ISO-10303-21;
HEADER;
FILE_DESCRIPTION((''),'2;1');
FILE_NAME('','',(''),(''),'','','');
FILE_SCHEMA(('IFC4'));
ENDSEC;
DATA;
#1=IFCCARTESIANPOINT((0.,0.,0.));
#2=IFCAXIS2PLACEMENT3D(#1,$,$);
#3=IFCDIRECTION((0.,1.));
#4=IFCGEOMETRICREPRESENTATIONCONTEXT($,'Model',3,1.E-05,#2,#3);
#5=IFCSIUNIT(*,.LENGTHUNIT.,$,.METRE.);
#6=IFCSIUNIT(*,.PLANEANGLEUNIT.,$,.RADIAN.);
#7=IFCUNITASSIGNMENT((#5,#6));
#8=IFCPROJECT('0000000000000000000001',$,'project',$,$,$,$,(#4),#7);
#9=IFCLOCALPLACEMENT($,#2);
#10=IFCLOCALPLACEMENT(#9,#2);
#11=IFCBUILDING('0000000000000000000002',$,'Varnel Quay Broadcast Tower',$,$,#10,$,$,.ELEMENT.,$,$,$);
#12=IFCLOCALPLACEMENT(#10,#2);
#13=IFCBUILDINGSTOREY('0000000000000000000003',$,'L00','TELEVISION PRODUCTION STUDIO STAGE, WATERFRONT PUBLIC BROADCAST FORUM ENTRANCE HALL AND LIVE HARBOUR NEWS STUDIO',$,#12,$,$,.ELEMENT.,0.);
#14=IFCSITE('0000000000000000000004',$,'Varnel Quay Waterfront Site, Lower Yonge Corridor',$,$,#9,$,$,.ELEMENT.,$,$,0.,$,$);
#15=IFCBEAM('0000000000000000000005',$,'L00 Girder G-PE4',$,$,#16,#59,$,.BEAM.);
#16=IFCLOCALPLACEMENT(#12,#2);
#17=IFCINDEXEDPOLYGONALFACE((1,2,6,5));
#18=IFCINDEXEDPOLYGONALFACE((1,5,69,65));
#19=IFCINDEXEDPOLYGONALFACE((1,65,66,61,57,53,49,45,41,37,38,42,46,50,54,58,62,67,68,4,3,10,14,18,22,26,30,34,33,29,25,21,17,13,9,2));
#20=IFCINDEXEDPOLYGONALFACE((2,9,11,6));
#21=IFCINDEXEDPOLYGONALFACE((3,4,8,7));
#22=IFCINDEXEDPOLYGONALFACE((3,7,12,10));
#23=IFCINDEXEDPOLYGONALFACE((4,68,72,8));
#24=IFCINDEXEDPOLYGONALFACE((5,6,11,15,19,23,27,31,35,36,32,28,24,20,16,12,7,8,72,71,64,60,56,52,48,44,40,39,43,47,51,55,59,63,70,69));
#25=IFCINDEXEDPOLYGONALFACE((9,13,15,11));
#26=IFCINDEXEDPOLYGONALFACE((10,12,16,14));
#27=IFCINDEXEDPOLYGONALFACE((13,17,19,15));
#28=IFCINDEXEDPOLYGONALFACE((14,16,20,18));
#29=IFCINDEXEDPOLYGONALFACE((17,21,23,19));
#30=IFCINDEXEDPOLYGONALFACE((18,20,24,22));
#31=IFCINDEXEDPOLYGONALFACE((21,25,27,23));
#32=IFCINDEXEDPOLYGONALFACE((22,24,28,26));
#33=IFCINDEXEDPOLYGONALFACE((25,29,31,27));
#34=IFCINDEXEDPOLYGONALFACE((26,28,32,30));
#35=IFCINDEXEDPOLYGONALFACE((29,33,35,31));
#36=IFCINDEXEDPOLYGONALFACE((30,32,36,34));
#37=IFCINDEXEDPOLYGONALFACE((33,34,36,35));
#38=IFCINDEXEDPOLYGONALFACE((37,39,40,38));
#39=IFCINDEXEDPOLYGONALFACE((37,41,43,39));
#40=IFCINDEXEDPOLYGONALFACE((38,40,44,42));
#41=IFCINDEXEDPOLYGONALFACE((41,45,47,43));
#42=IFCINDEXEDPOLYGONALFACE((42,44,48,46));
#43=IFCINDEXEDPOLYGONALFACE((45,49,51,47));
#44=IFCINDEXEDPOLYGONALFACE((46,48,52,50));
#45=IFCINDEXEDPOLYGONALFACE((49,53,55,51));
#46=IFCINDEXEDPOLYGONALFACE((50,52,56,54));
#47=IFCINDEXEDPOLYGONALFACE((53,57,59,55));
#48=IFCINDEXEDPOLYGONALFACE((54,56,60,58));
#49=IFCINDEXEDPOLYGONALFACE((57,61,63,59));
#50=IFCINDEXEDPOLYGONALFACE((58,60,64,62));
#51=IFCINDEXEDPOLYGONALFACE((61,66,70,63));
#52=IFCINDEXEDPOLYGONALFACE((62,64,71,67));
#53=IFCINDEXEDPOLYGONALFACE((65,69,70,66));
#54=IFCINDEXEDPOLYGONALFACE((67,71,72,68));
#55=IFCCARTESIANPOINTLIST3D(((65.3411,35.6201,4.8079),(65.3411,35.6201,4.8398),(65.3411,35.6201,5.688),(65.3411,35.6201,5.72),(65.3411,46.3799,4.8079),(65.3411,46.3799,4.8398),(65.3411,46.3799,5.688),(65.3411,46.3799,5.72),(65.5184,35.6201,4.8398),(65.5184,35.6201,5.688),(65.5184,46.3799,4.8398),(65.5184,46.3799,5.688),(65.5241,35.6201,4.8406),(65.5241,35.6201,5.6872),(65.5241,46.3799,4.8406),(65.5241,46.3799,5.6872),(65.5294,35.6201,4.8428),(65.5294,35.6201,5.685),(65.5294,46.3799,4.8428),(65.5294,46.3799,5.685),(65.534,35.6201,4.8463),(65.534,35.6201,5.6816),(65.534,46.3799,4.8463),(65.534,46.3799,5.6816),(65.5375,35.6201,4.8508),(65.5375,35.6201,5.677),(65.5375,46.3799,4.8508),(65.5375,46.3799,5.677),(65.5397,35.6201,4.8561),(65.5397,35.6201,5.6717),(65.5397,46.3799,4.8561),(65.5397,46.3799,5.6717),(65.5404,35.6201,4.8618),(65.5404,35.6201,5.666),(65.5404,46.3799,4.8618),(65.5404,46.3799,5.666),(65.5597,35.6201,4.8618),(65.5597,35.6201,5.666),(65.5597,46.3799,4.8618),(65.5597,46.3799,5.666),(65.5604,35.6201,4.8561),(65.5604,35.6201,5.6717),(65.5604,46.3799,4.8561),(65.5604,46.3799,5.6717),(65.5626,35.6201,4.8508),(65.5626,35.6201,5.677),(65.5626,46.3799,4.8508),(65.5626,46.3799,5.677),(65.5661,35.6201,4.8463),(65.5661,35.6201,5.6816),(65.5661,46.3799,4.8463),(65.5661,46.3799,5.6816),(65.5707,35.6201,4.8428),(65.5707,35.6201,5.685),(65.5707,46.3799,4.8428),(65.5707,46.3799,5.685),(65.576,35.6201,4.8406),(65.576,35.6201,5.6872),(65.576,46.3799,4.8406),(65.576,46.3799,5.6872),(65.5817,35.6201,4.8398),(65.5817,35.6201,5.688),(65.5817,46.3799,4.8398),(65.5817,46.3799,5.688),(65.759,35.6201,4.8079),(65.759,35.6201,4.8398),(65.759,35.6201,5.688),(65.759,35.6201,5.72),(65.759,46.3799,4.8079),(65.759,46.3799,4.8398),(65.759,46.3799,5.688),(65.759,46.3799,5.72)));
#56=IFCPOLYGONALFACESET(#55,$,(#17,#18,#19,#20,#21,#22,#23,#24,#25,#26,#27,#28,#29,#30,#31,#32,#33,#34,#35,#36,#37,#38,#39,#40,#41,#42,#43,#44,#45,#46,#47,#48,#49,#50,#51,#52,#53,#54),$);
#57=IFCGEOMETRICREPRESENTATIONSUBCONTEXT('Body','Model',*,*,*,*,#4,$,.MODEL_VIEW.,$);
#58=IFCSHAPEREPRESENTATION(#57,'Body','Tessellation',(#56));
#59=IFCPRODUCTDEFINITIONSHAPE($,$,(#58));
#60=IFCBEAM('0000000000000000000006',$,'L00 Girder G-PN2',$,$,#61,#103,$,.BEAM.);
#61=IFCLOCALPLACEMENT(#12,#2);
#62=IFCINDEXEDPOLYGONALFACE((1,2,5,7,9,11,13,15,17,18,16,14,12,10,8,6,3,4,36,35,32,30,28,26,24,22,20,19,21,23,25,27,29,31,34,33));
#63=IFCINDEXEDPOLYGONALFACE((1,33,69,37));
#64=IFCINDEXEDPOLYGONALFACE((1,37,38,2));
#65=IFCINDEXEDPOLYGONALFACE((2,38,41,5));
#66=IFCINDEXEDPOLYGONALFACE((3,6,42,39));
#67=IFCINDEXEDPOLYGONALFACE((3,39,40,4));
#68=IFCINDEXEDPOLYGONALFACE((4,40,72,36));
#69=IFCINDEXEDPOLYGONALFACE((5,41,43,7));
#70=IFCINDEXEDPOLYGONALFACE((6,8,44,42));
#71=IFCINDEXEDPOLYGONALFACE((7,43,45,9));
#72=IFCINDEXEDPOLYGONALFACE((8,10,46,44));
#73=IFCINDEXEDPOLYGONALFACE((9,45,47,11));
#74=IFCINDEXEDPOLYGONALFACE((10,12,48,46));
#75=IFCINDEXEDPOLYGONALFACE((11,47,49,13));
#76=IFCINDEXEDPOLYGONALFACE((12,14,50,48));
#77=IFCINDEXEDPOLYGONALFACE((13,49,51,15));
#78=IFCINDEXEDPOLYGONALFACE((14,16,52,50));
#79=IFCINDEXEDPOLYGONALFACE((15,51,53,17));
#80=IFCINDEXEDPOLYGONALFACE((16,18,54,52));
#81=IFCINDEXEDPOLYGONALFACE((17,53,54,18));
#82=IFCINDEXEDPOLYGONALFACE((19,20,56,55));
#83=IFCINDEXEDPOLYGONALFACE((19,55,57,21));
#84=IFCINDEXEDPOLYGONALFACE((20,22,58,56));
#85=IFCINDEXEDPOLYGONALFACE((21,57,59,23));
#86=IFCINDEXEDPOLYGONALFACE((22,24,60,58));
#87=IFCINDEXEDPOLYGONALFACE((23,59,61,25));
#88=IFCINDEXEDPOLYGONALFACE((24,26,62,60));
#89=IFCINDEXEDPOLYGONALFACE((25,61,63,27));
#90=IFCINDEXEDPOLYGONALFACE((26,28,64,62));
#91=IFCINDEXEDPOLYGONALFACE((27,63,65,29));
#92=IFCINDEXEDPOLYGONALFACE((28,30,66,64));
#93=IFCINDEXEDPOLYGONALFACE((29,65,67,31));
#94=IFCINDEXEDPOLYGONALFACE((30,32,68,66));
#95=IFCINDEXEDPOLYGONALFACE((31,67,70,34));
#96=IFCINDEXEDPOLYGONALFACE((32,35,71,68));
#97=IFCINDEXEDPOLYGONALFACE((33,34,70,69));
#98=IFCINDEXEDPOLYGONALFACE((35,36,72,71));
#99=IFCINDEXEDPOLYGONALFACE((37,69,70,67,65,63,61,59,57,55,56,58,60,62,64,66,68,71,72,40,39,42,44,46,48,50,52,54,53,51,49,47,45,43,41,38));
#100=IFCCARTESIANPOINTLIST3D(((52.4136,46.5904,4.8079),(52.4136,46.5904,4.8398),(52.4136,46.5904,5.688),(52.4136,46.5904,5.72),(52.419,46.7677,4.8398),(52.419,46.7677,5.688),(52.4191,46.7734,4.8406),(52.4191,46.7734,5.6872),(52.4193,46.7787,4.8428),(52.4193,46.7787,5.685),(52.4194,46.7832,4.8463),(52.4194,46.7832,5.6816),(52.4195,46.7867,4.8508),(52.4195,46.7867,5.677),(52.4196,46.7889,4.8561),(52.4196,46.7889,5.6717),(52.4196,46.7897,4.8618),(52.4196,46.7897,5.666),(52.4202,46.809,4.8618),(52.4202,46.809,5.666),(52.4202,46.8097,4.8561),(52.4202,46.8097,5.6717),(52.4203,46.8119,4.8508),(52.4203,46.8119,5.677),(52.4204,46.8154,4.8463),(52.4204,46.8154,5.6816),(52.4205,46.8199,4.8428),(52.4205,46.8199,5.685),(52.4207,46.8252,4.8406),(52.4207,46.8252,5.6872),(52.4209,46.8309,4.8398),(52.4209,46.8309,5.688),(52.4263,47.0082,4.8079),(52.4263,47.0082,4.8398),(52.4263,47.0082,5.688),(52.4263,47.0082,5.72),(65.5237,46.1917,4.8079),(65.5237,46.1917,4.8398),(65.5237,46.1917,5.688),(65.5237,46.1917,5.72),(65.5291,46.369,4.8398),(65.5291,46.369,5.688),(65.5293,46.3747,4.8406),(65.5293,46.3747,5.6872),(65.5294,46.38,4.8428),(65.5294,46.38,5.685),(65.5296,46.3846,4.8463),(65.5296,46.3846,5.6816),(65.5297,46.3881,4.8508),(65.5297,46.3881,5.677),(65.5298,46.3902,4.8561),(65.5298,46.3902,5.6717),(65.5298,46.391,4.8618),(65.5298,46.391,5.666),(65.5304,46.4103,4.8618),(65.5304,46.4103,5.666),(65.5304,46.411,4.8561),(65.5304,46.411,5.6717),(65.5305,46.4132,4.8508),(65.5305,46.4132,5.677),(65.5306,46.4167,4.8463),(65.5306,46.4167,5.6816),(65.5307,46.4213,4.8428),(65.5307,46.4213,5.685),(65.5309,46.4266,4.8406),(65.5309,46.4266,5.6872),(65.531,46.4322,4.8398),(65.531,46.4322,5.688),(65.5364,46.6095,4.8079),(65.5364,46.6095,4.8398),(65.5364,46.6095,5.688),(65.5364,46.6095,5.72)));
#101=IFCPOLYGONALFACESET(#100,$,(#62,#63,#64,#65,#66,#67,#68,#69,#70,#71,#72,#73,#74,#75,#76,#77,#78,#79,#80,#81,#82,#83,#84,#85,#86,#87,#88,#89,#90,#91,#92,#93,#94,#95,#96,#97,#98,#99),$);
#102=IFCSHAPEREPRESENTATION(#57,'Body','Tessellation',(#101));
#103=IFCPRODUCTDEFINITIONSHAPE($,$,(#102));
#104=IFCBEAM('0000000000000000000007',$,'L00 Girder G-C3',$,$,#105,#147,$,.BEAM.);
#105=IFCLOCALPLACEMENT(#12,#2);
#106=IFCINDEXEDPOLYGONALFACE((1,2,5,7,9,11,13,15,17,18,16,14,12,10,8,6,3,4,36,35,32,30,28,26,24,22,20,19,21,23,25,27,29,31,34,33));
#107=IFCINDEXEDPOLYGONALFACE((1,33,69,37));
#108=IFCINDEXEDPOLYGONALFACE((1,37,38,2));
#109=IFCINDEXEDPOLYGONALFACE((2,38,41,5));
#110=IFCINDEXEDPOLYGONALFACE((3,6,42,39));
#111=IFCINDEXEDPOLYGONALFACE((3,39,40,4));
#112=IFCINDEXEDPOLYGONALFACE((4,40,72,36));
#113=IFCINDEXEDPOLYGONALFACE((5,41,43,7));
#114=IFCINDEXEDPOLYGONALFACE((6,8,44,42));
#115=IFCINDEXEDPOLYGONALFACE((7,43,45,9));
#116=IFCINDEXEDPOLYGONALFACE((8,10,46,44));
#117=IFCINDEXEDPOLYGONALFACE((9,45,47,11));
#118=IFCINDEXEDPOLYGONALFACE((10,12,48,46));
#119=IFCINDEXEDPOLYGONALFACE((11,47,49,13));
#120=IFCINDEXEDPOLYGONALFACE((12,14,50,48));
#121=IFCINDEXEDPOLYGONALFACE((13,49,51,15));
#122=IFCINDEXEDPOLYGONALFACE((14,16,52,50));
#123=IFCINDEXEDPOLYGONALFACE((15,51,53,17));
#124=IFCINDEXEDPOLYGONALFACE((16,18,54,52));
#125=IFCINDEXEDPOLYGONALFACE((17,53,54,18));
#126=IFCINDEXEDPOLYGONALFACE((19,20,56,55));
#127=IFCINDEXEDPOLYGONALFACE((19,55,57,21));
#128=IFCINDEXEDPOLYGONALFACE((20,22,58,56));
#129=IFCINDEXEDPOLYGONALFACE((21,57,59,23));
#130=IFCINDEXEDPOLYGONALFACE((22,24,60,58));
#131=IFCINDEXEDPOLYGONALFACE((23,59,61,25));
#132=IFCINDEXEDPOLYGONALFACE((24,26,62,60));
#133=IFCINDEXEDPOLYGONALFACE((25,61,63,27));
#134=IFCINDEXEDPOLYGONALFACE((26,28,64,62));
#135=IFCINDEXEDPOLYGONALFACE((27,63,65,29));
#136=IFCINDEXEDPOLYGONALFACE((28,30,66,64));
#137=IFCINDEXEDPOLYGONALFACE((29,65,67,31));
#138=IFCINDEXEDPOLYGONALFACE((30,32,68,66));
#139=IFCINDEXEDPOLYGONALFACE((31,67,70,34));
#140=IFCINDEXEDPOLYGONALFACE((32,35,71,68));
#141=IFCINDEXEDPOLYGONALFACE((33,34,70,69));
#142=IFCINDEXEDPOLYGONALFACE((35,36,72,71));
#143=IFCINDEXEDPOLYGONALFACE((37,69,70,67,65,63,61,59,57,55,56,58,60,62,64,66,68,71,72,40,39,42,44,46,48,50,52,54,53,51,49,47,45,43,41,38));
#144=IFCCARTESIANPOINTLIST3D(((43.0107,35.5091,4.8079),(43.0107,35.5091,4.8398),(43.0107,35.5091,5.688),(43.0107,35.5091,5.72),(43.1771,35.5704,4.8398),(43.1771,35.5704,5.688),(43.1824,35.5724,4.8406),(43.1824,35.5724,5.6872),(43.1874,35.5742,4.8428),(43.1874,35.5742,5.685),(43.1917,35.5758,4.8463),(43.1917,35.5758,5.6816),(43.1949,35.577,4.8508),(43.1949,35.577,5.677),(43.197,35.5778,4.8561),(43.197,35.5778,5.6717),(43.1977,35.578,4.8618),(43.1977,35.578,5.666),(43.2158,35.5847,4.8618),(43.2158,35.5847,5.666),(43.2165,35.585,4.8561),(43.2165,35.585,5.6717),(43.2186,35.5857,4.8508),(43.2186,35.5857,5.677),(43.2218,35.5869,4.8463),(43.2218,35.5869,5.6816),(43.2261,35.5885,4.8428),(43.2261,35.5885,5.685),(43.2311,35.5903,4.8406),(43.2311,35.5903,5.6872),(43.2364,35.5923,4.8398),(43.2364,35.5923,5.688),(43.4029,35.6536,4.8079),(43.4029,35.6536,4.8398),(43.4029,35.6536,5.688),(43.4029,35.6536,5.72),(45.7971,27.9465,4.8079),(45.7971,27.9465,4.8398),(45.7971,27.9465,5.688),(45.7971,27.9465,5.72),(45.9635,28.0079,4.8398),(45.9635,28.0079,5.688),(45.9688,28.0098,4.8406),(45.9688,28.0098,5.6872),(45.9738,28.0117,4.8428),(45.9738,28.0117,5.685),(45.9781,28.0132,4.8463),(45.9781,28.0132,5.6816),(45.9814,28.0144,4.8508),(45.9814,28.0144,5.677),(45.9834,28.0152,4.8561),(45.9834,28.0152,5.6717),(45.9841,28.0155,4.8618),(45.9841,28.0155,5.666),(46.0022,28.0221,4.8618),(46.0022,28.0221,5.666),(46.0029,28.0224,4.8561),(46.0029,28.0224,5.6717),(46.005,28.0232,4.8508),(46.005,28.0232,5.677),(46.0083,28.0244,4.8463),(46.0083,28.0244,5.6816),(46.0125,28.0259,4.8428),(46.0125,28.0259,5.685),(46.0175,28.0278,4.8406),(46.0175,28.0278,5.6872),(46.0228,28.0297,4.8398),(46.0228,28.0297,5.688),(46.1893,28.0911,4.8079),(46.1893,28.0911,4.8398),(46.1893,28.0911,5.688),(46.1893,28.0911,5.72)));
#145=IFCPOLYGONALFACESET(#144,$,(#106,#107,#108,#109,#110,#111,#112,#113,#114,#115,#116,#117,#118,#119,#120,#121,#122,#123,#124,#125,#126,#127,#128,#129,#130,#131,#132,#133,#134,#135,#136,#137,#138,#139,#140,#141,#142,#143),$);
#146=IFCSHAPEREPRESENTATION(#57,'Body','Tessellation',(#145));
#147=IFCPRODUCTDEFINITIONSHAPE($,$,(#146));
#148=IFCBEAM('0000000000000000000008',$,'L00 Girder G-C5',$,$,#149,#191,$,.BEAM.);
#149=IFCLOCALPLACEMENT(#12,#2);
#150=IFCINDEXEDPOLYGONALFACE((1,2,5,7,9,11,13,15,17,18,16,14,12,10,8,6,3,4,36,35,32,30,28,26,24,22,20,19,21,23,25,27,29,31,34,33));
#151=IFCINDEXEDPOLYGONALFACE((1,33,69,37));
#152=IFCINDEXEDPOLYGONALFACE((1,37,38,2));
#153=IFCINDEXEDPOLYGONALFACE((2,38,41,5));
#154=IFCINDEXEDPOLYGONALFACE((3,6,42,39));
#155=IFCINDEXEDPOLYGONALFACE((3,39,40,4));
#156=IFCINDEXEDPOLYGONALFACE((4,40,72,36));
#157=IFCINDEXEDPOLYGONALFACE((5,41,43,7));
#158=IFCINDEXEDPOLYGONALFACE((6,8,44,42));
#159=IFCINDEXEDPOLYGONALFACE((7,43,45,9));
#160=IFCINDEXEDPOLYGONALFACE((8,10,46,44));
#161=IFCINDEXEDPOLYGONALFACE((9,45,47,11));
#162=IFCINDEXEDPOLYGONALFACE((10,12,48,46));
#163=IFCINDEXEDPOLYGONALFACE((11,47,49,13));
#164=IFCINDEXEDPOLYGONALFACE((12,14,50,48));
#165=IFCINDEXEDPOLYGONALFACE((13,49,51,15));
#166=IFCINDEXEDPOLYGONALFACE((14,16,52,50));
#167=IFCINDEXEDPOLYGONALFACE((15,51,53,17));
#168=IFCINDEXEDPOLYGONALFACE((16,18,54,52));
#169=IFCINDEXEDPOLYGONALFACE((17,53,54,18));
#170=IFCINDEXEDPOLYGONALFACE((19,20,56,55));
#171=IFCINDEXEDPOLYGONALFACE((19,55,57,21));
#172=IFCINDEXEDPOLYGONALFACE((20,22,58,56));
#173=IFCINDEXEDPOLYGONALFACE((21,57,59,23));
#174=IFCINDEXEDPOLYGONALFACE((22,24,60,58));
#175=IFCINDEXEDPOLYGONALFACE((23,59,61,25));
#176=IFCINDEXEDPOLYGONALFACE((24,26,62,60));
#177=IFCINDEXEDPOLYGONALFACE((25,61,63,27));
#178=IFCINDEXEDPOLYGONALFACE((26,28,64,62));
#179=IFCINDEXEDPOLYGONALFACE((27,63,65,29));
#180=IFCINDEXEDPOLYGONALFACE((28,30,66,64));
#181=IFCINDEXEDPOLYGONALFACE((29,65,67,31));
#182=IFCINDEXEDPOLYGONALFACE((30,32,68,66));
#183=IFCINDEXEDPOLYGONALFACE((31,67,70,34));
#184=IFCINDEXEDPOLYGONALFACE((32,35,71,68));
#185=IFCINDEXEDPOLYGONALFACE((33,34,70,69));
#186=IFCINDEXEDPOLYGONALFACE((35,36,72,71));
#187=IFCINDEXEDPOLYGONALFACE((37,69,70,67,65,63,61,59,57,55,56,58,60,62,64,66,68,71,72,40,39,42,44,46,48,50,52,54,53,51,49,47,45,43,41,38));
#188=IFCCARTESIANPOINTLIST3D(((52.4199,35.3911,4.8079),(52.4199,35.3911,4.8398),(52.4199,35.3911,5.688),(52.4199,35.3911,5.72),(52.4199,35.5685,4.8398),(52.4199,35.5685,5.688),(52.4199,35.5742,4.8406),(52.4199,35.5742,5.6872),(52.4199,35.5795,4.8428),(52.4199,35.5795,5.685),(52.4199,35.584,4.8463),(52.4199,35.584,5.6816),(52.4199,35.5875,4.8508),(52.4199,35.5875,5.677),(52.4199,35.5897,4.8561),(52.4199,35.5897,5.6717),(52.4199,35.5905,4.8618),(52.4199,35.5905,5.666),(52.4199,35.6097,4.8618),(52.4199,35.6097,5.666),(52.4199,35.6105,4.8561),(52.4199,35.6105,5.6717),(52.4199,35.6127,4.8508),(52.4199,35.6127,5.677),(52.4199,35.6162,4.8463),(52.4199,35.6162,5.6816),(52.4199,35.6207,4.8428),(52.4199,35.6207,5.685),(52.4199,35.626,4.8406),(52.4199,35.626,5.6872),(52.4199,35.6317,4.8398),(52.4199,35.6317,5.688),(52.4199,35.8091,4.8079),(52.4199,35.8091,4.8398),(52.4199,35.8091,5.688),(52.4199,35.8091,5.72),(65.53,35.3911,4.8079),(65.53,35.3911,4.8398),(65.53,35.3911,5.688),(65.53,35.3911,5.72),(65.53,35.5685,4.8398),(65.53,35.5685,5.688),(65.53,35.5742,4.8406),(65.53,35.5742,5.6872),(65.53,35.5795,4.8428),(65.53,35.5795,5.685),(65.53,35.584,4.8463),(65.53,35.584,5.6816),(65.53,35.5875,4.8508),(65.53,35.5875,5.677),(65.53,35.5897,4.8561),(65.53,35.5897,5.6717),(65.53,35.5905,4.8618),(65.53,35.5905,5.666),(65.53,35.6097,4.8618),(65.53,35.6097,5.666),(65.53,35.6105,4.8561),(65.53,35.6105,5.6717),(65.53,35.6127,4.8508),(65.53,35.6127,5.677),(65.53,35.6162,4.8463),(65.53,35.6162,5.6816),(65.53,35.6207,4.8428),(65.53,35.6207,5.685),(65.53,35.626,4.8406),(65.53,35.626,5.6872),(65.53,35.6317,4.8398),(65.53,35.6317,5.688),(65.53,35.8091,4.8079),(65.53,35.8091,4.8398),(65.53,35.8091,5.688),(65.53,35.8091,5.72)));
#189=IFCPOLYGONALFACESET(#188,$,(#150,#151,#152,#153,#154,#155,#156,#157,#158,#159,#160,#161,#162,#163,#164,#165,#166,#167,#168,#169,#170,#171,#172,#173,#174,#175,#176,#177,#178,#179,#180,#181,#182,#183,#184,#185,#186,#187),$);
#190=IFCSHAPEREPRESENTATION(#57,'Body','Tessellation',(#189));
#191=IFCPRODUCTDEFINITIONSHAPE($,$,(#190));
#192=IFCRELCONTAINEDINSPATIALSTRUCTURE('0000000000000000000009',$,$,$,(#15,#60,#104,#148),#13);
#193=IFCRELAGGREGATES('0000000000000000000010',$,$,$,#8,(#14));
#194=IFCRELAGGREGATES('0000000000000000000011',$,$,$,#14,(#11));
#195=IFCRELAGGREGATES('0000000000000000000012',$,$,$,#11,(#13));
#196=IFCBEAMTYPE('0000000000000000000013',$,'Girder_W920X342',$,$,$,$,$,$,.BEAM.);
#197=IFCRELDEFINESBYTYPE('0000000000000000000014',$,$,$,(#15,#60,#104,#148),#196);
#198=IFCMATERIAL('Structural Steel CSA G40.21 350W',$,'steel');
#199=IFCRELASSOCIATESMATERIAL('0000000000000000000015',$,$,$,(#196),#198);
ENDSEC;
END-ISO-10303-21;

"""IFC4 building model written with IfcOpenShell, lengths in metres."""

from ifc_helpers import new_model, si_unit, direction, frame, origin, origin_2d, place, context, subcontext, project, spatial, i_section, extrude, source, transform, mapped, material, material_profile, profile_set, type_object, type_shapes, element, save


model = new_model("IFC4")

# Units and contexts
model_context = context("Model", 3, precision=1e-05, world=origin(), true_north=direction((0.0, 1.0)))
body_context = subcontext(model_context, "Body", "Model", "MODEL_VIEW")
ifc_project = project(units=[si_unit("LENGTHUNIT", "METRE"), si_unit("PLANEANGLEUNIT", "RADIAN")], contexts=[model_context])

# Site, building, storey
site_placement = place(None, origin())
site = spatial("IfcSite", under=ifc_project, at=site_placement, Name="Varnel Quay Waterfront Site, Lower Yonge Corridor", CompositionType="ELEMENT", RefElevation=0.0)
building_placement = place(site_placement, origin())
building = spatial("IfcBuilding", under=site, at=building_placement, Name="Varnel Quay Broadcast Tower", CompositionType="ELEMENT")
storey_placement = place(building_placement, origin())
storey = spatial("IfcBuildingStorey", under=building, at=storey_placement, Name="L00", Description="TELEVISION PRODUCTION STUDIO STAGE, WATERFRONT PUBLIC BROADCAST FORUM ENTRANCE HALL AND LIVE HARBOUR NEWS STUDIO", CompositionType="ELEMENT", Elevation=0.0)

# Shared definitions
ifc_material_1 = material(Name="Structural Steel CSA G40.21 350W", Category="steel")

# Beams
ifc_material_profile_1 = material_profile(ifc_material_1, i_section(OverallWidth=0.418, OverallDepth=0.9121, WebThickness=0.0193, FlangeThickness=0.032, FilletRadius=0.022, at=origin_2d()), Name="W920X342")
ifc_profile_set_1 = profile_set([ifc_material_profile_1], Name="Structural Steel CSA G40.21 350W")
beam_type = type_object("IfcBeamType", Name="Girder_W920X342", PredefinedType="BEAM", material=ifc_profile_set_1)
shared_shape_1 = source(origin(), body_context, "Body", "SweptSolid", [
    extrude(i_section(OverallWidth=0.418, OverallDepth=0.9121, WebThickness=0.0193, FlangeThickness=0.032, FilletRadius=0.022, at=origin_2d()), origin(), (0.0, 0.0, 1.0), 10.7598),
])
beam_1_placement = place(storey_placement, frame((65.55, 35.6201, 5.2639), z_axis=(0.0, 1.0, 0.0), x_axis=(-1.0, 0.0, 0.0)))
element("IfcBeam", 1, at=beam_1_placement, inside=storey, type_object=beam_type, Name="L00 Girder G-PE4", PredefinedType="BEAM", context=body_context, shape_type="MappedRepresentation", body=[
    mapped(shared_shape_1, transform((0.0, 0.0, 0.0), x_axis=(1.0, 0.0, 0.0), y_axis=(0.0, 1.0, 0.0), z_axis=(0.0, 0.0, 1.0), scale=1.0)),
])
shared_shape_2 = source(origin(), body_context, "Body", "SweptSolid", [
    extrude(i_section(OverallWidth=0.418, OverallDepth=0.9121, WebThickness=0.0193, FlangeThickness=0.032, FilletRadius=0.022, at=origin_2d()), origin(), (0.0, 0.0, 1.0), 13.1162),
])
beam_2_placement = place(storey_placement, frame((52.4199, 46.7993, 5.2639), z_axis=(0.999538, -0.030396, 0.0), x_axis=(0.030396, 0.999538, 0.0)))
element("IfcBeam", 2, at=beam_2_placement, inside=storey, type_object=beam_type, Name="L00 Girder G-PN2", PredefinedType="BEAM", context=body_context, shape_type="MappedRepresentation", body=[
    mapped(shared_shape_2, transform((0.0, 0.0, 0.0), x_axis=(1.0, 0.0, 0.0), y_axis=(0.0, 1.0, 0.0), z_axis=(0.0, 0.0, 1.0), scale=1.0)),
])
shared_shape_3 = source(origin(), body_context, "Body", "SweptSolid", [
    extrude(i_section(OverallWidth=0.418, OverallDepth=0.9121, WebThickness=0.0193, FlangeThickness=0.032, FilletRadius=0.022, at=origin_2d()), origin(), (0.0, 0.0, 1.0), 8.0596),
])
beam_3_placement = place(storey_placement, frame((45.9932, 28.0188, 5.2639), z_axis=(-0.345726, 0.938335, 0.0), x_axis=(-0.938335, -0.345726, 0.0)))
element("IfcBeam", 3, at=beam_3_placement, inside=storey, type_object=beam_type, Name="L00 Girder G-C3", PredefinedType="BEAM", context=body_context, shape_type="MappedRepresentation", body=[
    mapped(shared_shape_3, transform((0.0, 0.0, 0.0), x_axis=(1.0, 0.0, 0.0), y_axis=(0.0, 1.0, 0.0), z_axis=(0.0, 0.0, 1.0), scale=1.0)),
])
shared_shape_4 = source(origin(), body_context, "Body", "SweptSolid", [
    extrude(i_section(OverallWidth=0.418, OverallDepth=0.9121, WebThickness=0.0193, FlangeThickness=0.032, FilletRadius=0.022, at=origin_2d()), origin(), (0.0, 0.0, 1.0), 13.1101),
])
type_shapes(beam_type, [shared_shape_1, shared_shape_2, shared_shape_3, shared_shape_4])
beam_4_placement = place(storey_placement, frame((52.4199, 35.6001, 5.2639), z_axis=(1.0, 0.0, 0.0), x_axis=(0.0, 1.0, 0.0)))
element("IfcBeam", 4, at=beam_4_placement, inside=storey, type_object=beam_type, Name="L00 Girder G-C5", PredefinedType="BEAM", context=body_context, shape_type="MappedRepresentation", body=[
    mapped(shared_shape_4, transform((0.0, 0.0, 0.0), x_axis=(1.0, 0.0, 0.0), y_axis=(0.0, 1.0, 0.0), z_axis=(0.0, 0.0, 1.0), scale=1.0)),
])

save(model, "model.ifc")
